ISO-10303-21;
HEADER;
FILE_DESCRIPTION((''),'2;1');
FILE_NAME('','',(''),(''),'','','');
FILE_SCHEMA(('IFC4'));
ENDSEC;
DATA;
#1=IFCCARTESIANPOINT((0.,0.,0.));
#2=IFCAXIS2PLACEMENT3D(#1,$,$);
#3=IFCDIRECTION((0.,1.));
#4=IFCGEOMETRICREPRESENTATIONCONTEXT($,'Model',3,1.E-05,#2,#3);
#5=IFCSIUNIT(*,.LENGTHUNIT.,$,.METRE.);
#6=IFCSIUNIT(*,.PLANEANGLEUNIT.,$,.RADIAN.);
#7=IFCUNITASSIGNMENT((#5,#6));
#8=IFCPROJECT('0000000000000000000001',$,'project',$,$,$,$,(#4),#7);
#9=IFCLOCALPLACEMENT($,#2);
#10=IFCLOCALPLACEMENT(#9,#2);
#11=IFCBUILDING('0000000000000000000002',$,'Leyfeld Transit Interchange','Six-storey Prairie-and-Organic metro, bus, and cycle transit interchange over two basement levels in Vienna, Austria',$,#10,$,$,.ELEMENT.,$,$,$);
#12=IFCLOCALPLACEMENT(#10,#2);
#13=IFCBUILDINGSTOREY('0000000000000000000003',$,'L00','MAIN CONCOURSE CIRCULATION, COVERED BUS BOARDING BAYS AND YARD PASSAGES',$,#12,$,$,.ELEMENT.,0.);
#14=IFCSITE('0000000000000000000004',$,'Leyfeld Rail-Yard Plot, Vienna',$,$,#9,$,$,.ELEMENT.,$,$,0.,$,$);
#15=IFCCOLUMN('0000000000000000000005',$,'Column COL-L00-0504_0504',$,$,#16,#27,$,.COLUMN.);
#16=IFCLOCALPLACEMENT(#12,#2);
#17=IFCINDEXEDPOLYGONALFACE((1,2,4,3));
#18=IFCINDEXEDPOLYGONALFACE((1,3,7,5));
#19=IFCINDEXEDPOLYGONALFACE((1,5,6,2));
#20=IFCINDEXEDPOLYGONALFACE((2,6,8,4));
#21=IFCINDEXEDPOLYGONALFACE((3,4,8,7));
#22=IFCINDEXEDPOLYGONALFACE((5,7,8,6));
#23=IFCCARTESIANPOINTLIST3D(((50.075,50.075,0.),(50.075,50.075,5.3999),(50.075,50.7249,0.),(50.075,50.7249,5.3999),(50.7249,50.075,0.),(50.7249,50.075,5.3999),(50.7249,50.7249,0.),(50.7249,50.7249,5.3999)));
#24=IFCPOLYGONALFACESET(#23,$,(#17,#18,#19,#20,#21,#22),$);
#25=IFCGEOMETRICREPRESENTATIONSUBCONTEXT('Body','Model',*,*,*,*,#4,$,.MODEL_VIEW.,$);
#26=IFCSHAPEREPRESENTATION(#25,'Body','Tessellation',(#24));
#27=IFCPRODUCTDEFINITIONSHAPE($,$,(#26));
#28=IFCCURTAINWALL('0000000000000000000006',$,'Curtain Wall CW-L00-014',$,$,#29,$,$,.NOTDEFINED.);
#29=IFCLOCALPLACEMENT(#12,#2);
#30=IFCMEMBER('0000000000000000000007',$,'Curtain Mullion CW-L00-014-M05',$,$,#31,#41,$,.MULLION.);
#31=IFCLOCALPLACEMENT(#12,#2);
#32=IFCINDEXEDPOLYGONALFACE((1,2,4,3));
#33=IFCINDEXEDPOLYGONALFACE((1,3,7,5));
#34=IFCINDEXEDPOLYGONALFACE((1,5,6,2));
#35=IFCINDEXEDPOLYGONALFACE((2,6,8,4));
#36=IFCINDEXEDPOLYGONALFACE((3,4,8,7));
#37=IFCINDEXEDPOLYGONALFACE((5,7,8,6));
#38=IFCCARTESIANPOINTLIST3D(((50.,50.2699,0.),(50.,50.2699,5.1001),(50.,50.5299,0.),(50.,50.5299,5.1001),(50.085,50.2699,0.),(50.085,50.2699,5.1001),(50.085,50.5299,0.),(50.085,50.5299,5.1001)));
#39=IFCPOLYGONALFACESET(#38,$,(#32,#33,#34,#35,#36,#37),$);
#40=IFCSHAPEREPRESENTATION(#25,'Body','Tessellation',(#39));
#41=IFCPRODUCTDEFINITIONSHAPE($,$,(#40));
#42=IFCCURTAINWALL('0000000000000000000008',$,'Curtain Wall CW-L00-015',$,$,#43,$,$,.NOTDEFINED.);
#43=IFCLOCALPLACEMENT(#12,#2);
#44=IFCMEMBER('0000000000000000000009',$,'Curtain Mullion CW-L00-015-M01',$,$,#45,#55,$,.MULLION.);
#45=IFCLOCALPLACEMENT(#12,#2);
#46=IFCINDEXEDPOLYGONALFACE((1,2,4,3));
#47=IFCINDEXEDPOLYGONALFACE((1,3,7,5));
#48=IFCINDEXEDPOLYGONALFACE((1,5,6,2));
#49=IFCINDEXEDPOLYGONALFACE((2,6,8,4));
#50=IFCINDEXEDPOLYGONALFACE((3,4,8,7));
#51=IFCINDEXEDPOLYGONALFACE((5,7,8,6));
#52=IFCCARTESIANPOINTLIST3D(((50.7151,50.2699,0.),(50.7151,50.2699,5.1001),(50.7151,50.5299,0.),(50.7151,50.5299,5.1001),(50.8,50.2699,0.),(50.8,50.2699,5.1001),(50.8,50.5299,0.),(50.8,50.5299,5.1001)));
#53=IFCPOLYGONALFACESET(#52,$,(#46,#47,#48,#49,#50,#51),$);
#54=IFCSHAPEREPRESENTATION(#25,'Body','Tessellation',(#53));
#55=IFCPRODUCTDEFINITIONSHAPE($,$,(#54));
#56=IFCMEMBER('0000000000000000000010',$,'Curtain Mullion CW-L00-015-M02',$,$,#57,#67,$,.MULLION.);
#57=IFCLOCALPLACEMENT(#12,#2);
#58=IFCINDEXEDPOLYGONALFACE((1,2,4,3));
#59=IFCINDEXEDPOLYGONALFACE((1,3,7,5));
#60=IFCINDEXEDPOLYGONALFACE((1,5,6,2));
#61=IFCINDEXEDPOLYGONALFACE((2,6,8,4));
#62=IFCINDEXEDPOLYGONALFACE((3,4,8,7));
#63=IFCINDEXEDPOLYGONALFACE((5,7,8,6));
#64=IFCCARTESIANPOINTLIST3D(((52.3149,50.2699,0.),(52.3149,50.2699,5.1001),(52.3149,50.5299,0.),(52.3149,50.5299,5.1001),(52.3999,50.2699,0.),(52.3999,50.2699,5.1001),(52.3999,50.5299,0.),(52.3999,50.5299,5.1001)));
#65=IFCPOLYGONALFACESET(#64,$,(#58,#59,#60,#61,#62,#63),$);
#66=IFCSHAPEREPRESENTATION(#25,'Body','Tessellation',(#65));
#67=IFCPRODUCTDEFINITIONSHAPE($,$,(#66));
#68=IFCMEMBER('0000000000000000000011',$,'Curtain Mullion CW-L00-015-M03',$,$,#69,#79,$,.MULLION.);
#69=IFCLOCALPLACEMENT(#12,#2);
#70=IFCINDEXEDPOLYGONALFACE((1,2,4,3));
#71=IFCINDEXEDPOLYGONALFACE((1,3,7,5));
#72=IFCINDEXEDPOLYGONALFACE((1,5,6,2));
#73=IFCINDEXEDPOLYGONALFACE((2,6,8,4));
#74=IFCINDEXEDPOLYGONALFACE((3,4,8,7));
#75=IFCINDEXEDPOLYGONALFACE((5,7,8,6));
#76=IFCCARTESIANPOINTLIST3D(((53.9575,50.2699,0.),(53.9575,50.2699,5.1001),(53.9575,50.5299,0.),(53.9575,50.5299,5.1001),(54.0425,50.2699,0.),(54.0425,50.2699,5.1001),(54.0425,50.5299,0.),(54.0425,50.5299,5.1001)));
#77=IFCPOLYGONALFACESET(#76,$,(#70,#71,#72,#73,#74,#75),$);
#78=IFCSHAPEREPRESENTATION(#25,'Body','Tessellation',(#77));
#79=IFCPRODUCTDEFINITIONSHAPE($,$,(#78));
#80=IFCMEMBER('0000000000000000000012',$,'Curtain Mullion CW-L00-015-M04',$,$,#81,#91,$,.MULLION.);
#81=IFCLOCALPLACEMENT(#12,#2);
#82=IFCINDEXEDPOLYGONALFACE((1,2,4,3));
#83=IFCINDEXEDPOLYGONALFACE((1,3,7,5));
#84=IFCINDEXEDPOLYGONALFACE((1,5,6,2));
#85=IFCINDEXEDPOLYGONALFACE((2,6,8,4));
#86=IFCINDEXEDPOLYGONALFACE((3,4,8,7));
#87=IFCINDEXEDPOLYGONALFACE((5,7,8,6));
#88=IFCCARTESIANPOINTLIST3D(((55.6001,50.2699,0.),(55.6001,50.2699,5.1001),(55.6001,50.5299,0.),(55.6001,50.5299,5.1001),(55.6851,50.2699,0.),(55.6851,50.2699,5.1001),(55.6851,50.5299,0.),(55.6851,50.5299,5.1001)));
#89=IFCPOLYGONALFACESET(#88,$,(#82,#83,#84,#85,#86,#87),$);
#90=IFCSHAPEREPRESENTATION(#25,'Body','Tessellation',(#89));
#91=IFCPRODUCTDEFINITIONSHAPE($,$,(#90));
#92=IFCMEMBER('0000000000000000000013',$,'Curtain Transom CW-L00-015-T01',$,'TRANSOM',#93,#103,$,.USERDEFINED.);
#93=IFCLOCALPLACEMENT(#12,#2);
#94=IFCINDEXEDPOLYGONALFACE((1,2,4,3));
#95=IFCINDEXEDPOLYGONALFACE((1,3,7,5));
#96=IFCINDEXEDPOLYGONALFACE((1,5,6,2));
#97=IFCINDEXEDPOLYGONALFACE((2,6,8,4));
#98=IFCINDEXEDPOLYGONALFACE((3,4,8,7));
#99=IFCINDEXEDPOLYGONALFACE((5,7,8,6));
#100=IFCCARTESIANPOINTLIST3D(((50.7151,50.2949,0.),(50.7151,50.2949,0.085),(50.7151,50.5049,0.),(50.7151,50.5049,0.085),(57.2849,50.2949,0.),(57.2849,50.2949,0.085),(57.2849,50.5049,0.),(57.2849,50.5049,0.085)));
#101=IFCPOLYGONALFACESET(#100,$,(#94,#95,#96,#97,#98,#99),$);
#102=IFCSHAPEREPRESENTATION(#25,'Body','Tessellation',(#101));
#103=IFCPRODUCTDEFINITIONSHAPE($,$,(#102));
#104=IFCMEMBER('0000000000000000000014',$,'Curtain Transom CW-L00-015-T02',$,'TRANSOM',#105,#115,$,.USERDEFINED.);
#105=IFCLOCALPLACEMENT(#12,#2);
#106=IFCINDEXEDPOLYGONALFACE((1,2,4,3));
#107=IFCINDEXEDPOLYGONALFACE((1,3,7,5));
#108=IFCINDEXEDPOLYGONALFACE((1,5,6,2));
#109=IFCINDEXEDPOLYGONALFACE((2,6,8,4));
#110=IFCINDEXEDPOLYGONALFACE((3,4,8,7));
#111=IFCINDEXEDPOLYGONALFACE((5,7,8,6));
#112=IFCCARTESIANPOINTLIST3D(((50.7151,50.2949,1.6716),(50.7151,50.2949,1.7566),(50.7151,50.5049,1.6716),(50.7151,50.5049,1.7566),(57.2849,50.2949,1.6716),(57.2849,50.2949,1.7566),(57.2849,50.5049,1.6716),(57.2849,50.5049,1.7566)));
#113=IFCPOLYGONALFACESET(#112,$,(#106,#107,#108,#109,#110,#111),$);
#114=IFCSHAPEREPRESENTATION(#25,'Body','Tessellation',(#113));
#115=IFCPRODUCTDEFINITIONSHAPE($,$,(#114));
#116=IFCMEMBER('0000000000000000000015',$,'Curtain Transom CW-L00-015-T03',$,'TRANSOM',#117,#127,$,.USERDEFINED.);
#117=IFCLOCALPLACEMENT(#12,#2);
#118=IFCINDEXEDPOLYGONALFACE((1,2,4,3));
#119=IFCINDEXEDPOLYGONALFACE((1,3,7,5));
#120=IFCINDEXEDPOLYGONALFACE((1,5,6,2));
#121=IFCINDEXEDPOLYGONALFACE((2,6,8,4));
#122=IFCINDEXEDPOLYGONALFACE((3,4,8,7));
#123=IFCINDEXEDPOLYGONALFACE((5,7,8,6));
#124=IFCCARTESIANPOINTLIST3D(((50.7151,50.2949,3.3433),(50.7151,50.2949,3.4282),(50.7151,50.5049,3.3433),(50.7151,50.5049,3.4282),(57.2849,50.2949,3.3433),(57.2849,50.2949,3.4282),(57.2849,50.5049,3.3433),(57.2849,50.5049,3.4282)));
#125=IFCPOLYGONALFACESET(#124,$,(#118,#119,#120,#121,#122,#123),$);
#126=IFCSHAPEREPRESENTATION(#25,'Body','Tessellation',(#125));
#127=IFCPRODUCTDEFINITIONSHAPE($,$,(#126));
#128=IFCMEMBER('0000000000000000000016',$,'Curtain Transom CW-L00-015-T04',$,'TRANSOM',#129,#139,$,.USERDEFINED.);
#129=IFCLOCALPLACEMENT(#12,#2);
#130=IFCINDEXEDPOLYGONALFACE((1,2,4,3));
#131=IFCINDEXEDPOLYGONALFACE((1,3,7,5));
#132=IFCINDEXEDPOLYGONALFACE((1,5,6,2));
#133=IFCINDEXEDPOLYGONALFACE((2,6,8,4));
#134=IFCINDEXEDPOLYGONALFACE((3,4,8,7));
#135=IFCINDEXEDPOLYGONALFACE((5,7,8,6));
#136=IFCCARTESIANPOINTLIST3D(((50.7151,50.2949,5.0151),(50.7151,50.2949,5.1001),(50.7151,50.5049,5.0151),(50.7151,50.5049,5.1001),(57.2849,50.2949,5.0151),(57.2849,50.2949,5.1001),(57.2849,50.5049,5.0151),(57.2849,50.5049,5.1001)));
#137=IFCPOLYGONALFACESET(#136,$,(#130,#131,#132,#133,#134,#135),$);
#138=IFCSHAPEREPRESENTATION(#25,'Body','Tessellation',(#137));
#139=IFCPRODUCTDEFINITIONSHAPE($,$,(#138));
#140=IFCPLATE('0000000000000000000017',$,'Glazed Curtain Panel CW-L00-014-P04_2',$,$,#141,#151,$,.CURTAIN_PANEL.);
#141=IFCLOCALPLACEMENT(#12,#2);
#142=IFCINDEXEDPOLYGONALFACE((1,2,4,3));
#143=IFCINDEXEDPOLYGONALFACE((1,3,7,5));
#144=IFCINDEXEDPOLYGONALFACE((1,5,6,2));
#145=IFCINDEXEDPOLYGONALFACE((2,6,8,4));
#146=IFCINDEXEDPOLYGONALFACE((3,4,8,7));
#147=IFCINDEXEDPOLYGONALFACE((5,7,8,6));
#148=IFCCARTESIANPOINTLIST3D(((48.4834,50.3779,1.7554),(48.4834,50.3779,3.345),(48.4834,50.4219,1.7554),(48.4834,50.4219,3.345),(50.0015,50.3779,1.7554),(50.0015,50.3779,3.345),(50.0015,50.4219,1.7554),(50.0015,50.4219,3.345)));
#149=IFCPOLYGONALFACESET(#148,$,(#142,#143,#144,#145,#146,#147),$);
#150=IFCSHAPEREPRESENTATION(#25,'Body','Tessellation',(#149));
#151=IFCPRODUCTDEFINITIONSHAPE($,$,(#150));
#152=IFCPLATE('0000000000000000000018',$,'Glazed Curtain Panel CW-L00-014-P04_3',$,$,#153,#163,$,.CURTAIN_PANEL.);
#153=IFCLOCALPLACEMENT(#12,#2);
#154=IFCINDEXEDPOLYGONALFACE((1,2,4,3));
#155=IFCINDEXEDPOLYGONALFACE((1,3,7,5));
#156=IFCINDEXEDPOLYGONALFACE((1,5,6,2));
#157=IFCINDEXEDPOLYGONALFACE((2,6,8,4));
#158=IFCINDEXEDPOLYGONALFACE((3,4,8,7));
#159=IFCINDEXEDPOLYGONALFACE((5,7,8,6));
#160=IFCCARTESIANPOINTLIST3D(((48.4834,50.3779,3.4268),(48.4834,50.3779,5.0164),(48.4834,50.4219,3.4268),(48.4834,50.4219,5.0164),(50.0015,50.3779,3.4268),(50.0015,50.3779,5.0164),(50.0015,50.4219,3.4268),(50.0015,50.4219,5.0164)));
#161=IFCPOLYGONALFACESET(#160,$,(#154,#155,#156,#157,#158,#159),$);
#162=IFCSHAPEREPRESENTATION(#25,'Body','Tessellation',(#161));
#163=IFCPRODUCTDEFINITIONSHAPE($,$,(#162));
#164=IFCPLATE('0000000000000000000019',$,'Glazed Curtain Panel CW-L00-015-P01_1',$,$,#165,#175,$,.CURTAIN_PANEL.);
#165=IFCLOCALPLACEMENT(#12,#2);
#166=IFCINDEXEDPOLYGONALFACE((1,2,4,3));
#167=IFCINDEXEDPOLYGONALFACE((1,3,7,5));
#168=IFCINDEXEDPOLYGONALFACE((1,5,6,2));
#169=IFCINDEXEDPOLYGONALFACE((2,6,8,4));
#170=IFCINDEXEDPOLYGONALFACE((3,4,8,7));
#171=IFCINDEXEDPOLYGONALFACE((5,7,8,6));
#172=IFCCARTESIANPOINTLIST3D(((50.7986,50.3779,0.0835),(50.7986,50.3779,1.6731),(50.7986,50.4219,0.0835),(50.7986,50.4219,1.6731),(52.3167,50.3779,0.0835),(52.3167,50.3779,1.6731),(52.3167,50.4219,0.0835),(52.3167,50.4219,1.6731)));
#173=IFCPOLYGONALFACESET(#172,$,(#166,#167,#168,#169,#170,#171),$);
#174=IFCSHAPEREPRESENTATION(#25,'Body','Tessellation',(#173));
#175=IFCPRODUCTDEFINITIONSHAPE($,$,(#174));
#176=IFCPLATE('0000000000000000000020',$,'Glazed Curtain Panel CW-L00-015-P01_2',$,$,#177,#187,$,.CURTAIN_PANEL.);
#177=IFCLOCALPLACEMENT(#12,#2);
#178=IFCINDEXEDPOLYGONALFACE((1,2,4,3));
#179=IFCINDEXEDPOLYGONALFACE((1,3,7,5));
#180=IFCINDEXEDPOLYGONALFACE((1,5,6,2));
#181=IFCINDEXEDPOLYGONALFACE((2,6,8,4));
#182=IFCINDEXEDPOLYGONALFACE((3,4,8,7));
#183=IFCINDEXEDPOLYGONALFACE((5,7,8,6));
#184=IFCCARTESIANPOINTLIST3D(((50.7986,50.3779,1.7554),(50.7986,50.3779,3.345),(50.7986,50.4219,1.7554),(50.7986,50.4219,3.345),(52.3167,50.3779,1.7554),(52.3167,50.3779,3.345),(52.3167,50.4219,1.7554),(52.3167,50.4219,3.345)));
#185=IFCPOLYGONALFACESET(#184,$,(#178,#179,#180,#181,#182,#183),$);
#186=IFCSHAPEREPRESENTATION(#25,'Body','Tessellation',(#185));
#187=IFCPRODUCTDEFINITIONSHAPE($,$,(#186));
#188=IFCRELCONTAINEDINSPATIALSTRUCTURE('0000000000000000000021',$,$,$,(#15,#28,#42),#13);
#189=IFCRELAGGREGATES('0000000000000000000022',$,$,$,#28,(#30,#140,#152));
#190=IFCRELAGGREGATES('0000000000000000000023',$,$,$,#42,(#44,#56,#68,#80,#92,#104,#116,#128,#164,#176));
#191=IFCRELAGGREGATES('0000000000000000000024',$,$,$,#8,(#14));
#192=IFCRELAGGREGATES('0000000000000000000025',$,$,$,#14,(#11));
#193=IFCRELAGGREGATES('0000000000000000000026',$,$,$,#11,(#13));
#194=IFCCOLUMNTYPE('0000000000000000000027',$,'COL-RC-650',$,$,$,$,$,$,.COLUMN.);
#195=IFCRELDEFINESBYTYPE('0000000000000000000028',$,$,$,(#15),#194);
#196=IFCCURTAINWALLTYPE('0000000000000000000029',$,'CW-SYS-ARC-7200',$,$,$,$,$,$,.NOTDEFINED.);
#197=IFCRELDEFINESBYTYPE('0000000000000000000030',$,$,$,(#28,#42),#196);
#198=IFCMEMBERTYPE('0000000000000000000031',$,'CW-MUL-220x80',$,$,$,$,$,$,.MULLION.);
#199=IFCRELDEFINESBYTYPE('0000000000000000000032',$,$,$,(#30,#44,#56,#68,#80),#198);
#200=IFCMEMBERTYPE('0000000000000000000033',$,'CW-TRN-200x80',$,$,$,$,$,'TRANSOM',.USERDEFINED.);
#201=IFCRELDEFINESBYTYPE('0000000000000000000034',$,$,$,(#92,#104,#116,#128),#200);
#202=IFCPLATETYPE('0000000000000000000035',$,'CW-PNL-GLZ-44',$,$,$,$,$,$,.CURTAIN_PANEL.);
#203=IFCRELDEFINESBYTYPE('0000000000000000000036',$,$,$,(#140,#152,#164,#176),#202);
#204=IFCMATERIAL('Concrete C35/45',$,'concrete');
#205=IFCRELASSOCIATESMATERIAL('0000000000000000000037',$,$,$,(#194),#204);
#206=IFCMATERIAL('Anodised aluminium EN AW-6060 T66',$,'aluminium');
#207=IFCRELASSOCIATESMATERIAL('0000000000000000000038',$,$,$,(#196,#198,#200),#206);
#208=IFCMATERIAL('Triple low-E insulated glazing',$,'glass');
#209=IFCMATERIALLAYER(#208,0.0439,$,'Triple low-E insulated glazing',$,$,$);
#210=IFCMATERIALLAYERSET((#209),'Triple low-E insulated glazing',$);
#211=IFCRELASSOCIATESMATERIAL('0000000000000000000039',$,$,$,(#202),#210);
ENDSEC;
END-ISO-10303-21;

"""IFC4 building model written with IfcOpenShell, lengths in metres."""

from ifc_helpers import new_model, si_unit, direction, frame, origin, origin_2d, place, context, subcontext, project, spatial, rectangle, extrude, material, layer, layer_set, material_profile, profile_set, type_object, element, aggregate, save


model = new_model("IFC4")

# Units and contexts
model_context = context("Model", 3, precision=1e-05, world=origin(), true_north=direction((0.0, 1.0)))
body_context = subcontext(model_context, "Body", "Model", "MODEL_VIEW")
ifc_project = project(units=[si_unit("LENGTHUNIT", "METRE"), si_unit("PLANEANGLEUNIT", "RADIAN")], contexts=[model_context])

# Site, building, storey
site_placement = place(None, origin())
site = spatial("IfcSite", under=ifc_project, at=site_placement, Name="Leyfeld Rail-Yard Plot, Vienna", CompositionType="ELEMENT", RefElevation=0.0)
building_placement = place(site_placement, origin())
building = spatial("IfcBuilding", under=site, at=building_placement, Name="Leyfeld Transit Interchange", Description="Six-storey Prairie-and-Organic metro, bus, and cycle transit interchange over two basement levels in Vienna, Austria", CompositionType="ELEMENT")
storey_placement = place(building_placement, origin())
storey = spatial("IfcBuildingStorey", under=building, at=storey_placement, Name="L00", Description="MAIN CONCOURSE CIRCULATION, COVERED BUS BOARDING BAYS AND YARD PASSAGES", CompositionType="ELEMENT", Elevation=0.0)

# Column
ifc_material_1 = material(Name="Concrete C35/45", Category="concrete")
ifc_material_profile_1 = material_profile(ifc_material_1, rectangle(XDim=0.6499, YDim=0.6499, at=origin_2d()), Name="RC 650x650")
ifc_profile_set_1 = profile_set([ifc_material_profile_1], Name="Concrete C35/45")
column_type = type_object("IfcColumnType", Name="COL-RC-650", PredefinedType="COLUMN", material=ifc_profile_set_1)
column_placement = place(storey_placement, frame((50.3999, 50.3999, 0.0), z_axis=(0.0, 0.0, 1.0), x_axis=(1.0, 0.0, 0.0)))
element("IfcColumn", 1, at=column_placement, inside=storey, type_object=column_type, Name="Column COL-L00-0504_0504", PredefinedType="COLUMN", context=body_context, shape_type="SweptSolid", body=[
    extrude(rectangle(XDim=0.6499, YDim=0.6499, at=origin_2d()), origin(), (0.0, 0.0, 1.0), 5.3999),
])

# Curtain wall, member
ifc_material_2 = material(Name="Anodised aluminium EN AW-6060 T66", Category="aluminium")
curtain_wall_type = type_object("IfcCurtainWallType", Name="CW-SYS-ARC-7200", PredefinedType="NOTDEFINED", material=ifc_material_2)
curtain_wall_1_placement = place(storey_placement, origin())
curtain_wall_1 = element("IfcCurtainWall", 2, at=curtain_wall_1_placement, inside=storey, type_object=curtain_wall_type, Name="Curtain Wall CW-L00-014", PredefinedType="NOTDEFINED")
ifc_material_profile_2 = material_profile(ifc_material_2, rectangle(XDim=0.085, YDim=0.26, at=origin_2d()), Name="CW-M 85x260")
ifc_profile_set_2 = profile_set([ifc_material_profile_2], Name="Anodised aluminium EN AW-6060 T66")
member_type_1 = type_object("IfcMemberType", Name="CW-MUL-220x80", PredefinedType="MULLION", material=ifc_profile_set_2)
member_1_placement = place(storey_placement, frame((50.0425, 50.3999, 0.0), z_axis=(0.0, 0.0, 1.0), x_axis=(1.0, 0.0, 0.0)))
member_1 = element("IfcMember", 3, at=member_1_placement, type_object=member_type_1, Name="Curtain Mullion CW-L00-014-M05", PredefinedType="MULLION", context=body_context, shape_type="SweptSolid", body=[
    extrude(rectangle(XDim=0.085, YDim=0.26, at=origin_2d()), origin(), (0.0, 0.0, 1.0), 5.1001),
])

# Curtain wall, members
curtain_wall_2_placement = place(storey_placement, origin())
curtain_wall_2 = element("IfcCurtainWall", 4, at=curtain_wall_2_placement, inside=storey, type_object=curtain_wall_type, Name="Curtain Wall CW-L00-015", PredefinedType="NOTDEFINED")
member_2_placement = place(storey_placement, frame((50.7576, 50.3999, 0.0), z_axis=(0.0, 0.0, 1.0), x_axis=(1.0, 0.0, 0.0)))
member_2 = element("IfcMember", 5, at=member_2_placement, type_object=member_type_1, Name="Curtain Mullion CW-L00-015-M01", PredefinedType="MULLION", context=body_context, shape_type="SweptSolid", body=[
    extrude(rectangle(XDim=0.085, YDim=0.26, at=origin_2d()), origin(), (0.0, 0.0, 1.0), 5.1001),
])
member_3_placement = place(storey_placement, frame((52.3574, 50.3999, 0.0), z_axis=(0.0, 0.0, 1.0), x_axis=(1.0, 0.0, 0.0)))
member_3 = element("IfcMember", 6, at=member_3_placement, type_object=member_type_1, Name="Curtain Mullion CW-L00-015-M02", PredefinedType="MULLION", context=body_context, shape_type="SweptSolid", body=[
    extrude(rectangle(XDim=0.085, YDim=0.26, at=origin_2d()), origin(), (0.0, 0.0, 1.0), 5.1001),
])
member_4_placement = place(storey_placement, frame((54.0, 50.3999, 0.0), z_axis=(0.0, 0.0, 1.0), x_axis=(1.0, 0.0, 0.0)))
member_4 = element("IfcMember", 7, at=member_4_placement, type_object=member_type_1, Name="Curtain Mullion CW-L00-015-M03", PredefinedType="MULLION", context=body_context, shape_type="SweptSolid", body=[
    extrude(rectangle(XDim=0.085, YDim=0.26, at=origin_2d()), origin(), (0.0, 0.0, 1.0), 5.1001),
])
member_5_placement = place(storey_placement, frame((55.6426, 50.3999, 0.0), z_axis=(0.0, 0.0, 1.0), x_axis=(1.0, 0.0, 0.0)))
member_5 = element("IfcMember", 8, at=member_5_placement, type_object=member_type_1, Name="Curtain Mullion CW-L00-015-M04", PredefinedType="MULLION", context=body_context, shape_type="SweptSolid", body=[
    extrude(rectangle(XDim=0.085, YDim=0.26, at=origin_2d()), origin(), (0.0, 0.0, 1.0), 5.1001),
])
ifc_material_profile_3 = material_profile(ifc_material_2, rectangle(XDim=0.21, YDim=0.085, at=origin_2d()), Name="CW-TRN-200x80")
ifc_profile_set_3 = profile_set([ifc_material_profile_3], Name="Anodised aluminium EN AW-6060 T66")
member_type_2 = type_object("IfcMemberType", Name="CW-TRN-200x80", ElementType="TRANSOM", PredefinedType="USERDEFINED", material=ifc_profile_set_3)
member_6_placement = place(storey_placement, frame((50.7151, 50.3999, 0.0425), z_axis=(1.0, 0.0, 0.0), x_axis=(0.0, 1.0, 0.0)))
member_6 = element("IfcMember", 9, at=member_6_placement, type_object=member_type_2, Name="Curtain Transom CW-L00-015-T01", ObjectType="TRANSOM", PredefinedType="USERDEFINED", context=body_context, shape_type="SweptSolid", body=[
    extrude(rectangle(XDim=0.21, YDim=0.085, at=origin_2d()), origin(), (0.0, 0.0, 1.0), 6.5698),
])
member_7_placement = place(storey_placement, frame((50.7151, 50.3999, 1.7141), z_axis=(1.0, 0.0, 0.0), x_axis=(0.0, 1.0, 0.0)))
member_7 = element("IfcMember", 10, at=member_7_placement, type_object=member_type_2, Name="Curtain Transom CW-L00-015-T02", ObjectType="TRANSOM", PredefinedType="USERDEFINED", context=body_context, shape_type="SweptSolid", body=[
    extrude(rectangle(XDim=0.21, YDim=0.085, at=origin_2d()), origin(), (0.0, 0.0, 1.0), 6.5698),
])
member_8_placement = place(storey_placement, frame((50.7151, 50.3999, 3.3857), z_axis=(1.0, 0.0, 0.0), x_axis=(0.0, 1.0, 0.0)))
member_8 = element("IfcMember", 11, at=member_8_placement, type_object=member_type_2, Name="Curtain Transom CW-L00-015-T03", ObjectType="TRANSOM", PredefinedType="USERDEFINED", context=body_context, shape_type="SweptSolid", body=[
    extrude(rectangle(XDim=0.21, YDim=0.085, at=origin_2d()), origin(), (0.0, 0.0, 1.0), 6.5698),
])
member_9_placement = place(storey_placement, frame((50.7151, 50.3999, 5.0576), z_axis=(1.0, 0.0, 0.0), x_axis=(0.0, 1.0, 0.0)))
member_9 = element("IfcMember", 12, at=member_9_placement, type_object=member_type_2, Name="Curtain Transom CW-L00-015-T04", ObjectType="TRANSOM", PredefinedType="USERDEFINED", context=body_context, shape_type="SweptSolid", body=[
    extrude(rectangle(XDim=0.21, YDim=0.085, at=origin_2d()), origin(), (0.0, 0.0, 1.0), 6.5698),
])

# Plates
ifc_material_3 = material(Name="Triple low-E insulated glazing", Category="glass")
ifc_layer = layer(ifc_material_3, 0.0439, Name="Triple low-E insulated glazing")
ifc_layer_set = layer_set([ifc_layer], Name="Triple low-E insulated glazing")
plate_type = type_object("IfcPlateType", Name="CW-PNL-GLZ-44", PredefinedType="CURTAIN_PANEL", material=ifc_layer_set)
plate_1_placement = place(storey_placement, frame((49.2424, 50.3999, 1.7554), z_axis=(0.0, 0.0, 1.0), x_axis=(1.0, 0.0, 0.0)))
plate_1 = element("IfcPlate", 13, at=plate_1_placement, type_object=plate_type, Name="Glazed Curtain Panel CW-L00-014-P04_2", PredefinedType="CURTAIN_PANEL", context=body_context, shape_type="SweptSolid", body=[
    extrude(rectangle(XDim=1.5181, YDim=0.0439, at=origin_2d()), origin(), (0.0, 0.0, 1.0), 1.5896),
])
plate_2_placement = place(storey_placement, frame((49.2424, 50.3999, 3.4268), z_axis=(0.0, 0.0, 1.0), x_axis=(1.0, 0.0, 0.0)))
plate_2 = element("IfcPlate", 14, at=plate_2_placement, type_object=plate_type, Name="Glazed Curtain Panel CW-L00-014-P04_3", PredefinedType="CURTAIN_PANEL", context=body_context, shape_type="SweptSolid", body=[
    extrude(rectangle(XDim=1.5181, YDim=0.0439, at=origin_2d()), origin(), (0.0, 0.0, 1.0), 1.5896),
])
aggregate(curtain_wall_1, [member_1, plate_1, plate_2])
plate_3_placement = place(storey_placement, frame((51.5576, 50.3999, 0.0835), z_axis=(0.0, 0.0, 1.0), x_axis=(1.0, 0.0, 0.0)))
plate_3 = element("IfcPlate", 15, at=plate_3_placement, type_object=plate_type, Name="Glazed Curtain Panel CW-L00-015-P01_1", PredefinedType="CURTAIN_PANEL", context=body_context, shape_type="SweptSolid", body=[
    extrude(rectangle(XDim=1.5181, YDim=0.0439, at=origin_2d()), origin(), (0.0, 0.0, 1.0), 1.5896),
])
plate_4_placement = place(storey_placement, frame((51.5576, 50.3999, 1.7554), z_axis=(0.0, 0.0, 1.0), x_axis=(1.0, 0.0, 0.0)))
plate_4 = element("IfcPlate", 16, at=plate_4_placement, type_object=plate_type, Name="Glazed Curtain Panel CW-L00-015-P01_2", PredefinedType="CURTAIN_PANEL", context=body_context, shape_type="SweptSolid", body=[
    extrude(rectangle(XDim=1.5181, YDim=0.0439, at=origin_2d()), origin(), (0.0, 0.0, 1.0), 1.5896),
])
aggregate(curtain_wall_2, [member_2, member_3, member_4, member_5, member_6, member_7, member_8, member_9, plate_3, plate_4])

save(model, "model.ifc")
